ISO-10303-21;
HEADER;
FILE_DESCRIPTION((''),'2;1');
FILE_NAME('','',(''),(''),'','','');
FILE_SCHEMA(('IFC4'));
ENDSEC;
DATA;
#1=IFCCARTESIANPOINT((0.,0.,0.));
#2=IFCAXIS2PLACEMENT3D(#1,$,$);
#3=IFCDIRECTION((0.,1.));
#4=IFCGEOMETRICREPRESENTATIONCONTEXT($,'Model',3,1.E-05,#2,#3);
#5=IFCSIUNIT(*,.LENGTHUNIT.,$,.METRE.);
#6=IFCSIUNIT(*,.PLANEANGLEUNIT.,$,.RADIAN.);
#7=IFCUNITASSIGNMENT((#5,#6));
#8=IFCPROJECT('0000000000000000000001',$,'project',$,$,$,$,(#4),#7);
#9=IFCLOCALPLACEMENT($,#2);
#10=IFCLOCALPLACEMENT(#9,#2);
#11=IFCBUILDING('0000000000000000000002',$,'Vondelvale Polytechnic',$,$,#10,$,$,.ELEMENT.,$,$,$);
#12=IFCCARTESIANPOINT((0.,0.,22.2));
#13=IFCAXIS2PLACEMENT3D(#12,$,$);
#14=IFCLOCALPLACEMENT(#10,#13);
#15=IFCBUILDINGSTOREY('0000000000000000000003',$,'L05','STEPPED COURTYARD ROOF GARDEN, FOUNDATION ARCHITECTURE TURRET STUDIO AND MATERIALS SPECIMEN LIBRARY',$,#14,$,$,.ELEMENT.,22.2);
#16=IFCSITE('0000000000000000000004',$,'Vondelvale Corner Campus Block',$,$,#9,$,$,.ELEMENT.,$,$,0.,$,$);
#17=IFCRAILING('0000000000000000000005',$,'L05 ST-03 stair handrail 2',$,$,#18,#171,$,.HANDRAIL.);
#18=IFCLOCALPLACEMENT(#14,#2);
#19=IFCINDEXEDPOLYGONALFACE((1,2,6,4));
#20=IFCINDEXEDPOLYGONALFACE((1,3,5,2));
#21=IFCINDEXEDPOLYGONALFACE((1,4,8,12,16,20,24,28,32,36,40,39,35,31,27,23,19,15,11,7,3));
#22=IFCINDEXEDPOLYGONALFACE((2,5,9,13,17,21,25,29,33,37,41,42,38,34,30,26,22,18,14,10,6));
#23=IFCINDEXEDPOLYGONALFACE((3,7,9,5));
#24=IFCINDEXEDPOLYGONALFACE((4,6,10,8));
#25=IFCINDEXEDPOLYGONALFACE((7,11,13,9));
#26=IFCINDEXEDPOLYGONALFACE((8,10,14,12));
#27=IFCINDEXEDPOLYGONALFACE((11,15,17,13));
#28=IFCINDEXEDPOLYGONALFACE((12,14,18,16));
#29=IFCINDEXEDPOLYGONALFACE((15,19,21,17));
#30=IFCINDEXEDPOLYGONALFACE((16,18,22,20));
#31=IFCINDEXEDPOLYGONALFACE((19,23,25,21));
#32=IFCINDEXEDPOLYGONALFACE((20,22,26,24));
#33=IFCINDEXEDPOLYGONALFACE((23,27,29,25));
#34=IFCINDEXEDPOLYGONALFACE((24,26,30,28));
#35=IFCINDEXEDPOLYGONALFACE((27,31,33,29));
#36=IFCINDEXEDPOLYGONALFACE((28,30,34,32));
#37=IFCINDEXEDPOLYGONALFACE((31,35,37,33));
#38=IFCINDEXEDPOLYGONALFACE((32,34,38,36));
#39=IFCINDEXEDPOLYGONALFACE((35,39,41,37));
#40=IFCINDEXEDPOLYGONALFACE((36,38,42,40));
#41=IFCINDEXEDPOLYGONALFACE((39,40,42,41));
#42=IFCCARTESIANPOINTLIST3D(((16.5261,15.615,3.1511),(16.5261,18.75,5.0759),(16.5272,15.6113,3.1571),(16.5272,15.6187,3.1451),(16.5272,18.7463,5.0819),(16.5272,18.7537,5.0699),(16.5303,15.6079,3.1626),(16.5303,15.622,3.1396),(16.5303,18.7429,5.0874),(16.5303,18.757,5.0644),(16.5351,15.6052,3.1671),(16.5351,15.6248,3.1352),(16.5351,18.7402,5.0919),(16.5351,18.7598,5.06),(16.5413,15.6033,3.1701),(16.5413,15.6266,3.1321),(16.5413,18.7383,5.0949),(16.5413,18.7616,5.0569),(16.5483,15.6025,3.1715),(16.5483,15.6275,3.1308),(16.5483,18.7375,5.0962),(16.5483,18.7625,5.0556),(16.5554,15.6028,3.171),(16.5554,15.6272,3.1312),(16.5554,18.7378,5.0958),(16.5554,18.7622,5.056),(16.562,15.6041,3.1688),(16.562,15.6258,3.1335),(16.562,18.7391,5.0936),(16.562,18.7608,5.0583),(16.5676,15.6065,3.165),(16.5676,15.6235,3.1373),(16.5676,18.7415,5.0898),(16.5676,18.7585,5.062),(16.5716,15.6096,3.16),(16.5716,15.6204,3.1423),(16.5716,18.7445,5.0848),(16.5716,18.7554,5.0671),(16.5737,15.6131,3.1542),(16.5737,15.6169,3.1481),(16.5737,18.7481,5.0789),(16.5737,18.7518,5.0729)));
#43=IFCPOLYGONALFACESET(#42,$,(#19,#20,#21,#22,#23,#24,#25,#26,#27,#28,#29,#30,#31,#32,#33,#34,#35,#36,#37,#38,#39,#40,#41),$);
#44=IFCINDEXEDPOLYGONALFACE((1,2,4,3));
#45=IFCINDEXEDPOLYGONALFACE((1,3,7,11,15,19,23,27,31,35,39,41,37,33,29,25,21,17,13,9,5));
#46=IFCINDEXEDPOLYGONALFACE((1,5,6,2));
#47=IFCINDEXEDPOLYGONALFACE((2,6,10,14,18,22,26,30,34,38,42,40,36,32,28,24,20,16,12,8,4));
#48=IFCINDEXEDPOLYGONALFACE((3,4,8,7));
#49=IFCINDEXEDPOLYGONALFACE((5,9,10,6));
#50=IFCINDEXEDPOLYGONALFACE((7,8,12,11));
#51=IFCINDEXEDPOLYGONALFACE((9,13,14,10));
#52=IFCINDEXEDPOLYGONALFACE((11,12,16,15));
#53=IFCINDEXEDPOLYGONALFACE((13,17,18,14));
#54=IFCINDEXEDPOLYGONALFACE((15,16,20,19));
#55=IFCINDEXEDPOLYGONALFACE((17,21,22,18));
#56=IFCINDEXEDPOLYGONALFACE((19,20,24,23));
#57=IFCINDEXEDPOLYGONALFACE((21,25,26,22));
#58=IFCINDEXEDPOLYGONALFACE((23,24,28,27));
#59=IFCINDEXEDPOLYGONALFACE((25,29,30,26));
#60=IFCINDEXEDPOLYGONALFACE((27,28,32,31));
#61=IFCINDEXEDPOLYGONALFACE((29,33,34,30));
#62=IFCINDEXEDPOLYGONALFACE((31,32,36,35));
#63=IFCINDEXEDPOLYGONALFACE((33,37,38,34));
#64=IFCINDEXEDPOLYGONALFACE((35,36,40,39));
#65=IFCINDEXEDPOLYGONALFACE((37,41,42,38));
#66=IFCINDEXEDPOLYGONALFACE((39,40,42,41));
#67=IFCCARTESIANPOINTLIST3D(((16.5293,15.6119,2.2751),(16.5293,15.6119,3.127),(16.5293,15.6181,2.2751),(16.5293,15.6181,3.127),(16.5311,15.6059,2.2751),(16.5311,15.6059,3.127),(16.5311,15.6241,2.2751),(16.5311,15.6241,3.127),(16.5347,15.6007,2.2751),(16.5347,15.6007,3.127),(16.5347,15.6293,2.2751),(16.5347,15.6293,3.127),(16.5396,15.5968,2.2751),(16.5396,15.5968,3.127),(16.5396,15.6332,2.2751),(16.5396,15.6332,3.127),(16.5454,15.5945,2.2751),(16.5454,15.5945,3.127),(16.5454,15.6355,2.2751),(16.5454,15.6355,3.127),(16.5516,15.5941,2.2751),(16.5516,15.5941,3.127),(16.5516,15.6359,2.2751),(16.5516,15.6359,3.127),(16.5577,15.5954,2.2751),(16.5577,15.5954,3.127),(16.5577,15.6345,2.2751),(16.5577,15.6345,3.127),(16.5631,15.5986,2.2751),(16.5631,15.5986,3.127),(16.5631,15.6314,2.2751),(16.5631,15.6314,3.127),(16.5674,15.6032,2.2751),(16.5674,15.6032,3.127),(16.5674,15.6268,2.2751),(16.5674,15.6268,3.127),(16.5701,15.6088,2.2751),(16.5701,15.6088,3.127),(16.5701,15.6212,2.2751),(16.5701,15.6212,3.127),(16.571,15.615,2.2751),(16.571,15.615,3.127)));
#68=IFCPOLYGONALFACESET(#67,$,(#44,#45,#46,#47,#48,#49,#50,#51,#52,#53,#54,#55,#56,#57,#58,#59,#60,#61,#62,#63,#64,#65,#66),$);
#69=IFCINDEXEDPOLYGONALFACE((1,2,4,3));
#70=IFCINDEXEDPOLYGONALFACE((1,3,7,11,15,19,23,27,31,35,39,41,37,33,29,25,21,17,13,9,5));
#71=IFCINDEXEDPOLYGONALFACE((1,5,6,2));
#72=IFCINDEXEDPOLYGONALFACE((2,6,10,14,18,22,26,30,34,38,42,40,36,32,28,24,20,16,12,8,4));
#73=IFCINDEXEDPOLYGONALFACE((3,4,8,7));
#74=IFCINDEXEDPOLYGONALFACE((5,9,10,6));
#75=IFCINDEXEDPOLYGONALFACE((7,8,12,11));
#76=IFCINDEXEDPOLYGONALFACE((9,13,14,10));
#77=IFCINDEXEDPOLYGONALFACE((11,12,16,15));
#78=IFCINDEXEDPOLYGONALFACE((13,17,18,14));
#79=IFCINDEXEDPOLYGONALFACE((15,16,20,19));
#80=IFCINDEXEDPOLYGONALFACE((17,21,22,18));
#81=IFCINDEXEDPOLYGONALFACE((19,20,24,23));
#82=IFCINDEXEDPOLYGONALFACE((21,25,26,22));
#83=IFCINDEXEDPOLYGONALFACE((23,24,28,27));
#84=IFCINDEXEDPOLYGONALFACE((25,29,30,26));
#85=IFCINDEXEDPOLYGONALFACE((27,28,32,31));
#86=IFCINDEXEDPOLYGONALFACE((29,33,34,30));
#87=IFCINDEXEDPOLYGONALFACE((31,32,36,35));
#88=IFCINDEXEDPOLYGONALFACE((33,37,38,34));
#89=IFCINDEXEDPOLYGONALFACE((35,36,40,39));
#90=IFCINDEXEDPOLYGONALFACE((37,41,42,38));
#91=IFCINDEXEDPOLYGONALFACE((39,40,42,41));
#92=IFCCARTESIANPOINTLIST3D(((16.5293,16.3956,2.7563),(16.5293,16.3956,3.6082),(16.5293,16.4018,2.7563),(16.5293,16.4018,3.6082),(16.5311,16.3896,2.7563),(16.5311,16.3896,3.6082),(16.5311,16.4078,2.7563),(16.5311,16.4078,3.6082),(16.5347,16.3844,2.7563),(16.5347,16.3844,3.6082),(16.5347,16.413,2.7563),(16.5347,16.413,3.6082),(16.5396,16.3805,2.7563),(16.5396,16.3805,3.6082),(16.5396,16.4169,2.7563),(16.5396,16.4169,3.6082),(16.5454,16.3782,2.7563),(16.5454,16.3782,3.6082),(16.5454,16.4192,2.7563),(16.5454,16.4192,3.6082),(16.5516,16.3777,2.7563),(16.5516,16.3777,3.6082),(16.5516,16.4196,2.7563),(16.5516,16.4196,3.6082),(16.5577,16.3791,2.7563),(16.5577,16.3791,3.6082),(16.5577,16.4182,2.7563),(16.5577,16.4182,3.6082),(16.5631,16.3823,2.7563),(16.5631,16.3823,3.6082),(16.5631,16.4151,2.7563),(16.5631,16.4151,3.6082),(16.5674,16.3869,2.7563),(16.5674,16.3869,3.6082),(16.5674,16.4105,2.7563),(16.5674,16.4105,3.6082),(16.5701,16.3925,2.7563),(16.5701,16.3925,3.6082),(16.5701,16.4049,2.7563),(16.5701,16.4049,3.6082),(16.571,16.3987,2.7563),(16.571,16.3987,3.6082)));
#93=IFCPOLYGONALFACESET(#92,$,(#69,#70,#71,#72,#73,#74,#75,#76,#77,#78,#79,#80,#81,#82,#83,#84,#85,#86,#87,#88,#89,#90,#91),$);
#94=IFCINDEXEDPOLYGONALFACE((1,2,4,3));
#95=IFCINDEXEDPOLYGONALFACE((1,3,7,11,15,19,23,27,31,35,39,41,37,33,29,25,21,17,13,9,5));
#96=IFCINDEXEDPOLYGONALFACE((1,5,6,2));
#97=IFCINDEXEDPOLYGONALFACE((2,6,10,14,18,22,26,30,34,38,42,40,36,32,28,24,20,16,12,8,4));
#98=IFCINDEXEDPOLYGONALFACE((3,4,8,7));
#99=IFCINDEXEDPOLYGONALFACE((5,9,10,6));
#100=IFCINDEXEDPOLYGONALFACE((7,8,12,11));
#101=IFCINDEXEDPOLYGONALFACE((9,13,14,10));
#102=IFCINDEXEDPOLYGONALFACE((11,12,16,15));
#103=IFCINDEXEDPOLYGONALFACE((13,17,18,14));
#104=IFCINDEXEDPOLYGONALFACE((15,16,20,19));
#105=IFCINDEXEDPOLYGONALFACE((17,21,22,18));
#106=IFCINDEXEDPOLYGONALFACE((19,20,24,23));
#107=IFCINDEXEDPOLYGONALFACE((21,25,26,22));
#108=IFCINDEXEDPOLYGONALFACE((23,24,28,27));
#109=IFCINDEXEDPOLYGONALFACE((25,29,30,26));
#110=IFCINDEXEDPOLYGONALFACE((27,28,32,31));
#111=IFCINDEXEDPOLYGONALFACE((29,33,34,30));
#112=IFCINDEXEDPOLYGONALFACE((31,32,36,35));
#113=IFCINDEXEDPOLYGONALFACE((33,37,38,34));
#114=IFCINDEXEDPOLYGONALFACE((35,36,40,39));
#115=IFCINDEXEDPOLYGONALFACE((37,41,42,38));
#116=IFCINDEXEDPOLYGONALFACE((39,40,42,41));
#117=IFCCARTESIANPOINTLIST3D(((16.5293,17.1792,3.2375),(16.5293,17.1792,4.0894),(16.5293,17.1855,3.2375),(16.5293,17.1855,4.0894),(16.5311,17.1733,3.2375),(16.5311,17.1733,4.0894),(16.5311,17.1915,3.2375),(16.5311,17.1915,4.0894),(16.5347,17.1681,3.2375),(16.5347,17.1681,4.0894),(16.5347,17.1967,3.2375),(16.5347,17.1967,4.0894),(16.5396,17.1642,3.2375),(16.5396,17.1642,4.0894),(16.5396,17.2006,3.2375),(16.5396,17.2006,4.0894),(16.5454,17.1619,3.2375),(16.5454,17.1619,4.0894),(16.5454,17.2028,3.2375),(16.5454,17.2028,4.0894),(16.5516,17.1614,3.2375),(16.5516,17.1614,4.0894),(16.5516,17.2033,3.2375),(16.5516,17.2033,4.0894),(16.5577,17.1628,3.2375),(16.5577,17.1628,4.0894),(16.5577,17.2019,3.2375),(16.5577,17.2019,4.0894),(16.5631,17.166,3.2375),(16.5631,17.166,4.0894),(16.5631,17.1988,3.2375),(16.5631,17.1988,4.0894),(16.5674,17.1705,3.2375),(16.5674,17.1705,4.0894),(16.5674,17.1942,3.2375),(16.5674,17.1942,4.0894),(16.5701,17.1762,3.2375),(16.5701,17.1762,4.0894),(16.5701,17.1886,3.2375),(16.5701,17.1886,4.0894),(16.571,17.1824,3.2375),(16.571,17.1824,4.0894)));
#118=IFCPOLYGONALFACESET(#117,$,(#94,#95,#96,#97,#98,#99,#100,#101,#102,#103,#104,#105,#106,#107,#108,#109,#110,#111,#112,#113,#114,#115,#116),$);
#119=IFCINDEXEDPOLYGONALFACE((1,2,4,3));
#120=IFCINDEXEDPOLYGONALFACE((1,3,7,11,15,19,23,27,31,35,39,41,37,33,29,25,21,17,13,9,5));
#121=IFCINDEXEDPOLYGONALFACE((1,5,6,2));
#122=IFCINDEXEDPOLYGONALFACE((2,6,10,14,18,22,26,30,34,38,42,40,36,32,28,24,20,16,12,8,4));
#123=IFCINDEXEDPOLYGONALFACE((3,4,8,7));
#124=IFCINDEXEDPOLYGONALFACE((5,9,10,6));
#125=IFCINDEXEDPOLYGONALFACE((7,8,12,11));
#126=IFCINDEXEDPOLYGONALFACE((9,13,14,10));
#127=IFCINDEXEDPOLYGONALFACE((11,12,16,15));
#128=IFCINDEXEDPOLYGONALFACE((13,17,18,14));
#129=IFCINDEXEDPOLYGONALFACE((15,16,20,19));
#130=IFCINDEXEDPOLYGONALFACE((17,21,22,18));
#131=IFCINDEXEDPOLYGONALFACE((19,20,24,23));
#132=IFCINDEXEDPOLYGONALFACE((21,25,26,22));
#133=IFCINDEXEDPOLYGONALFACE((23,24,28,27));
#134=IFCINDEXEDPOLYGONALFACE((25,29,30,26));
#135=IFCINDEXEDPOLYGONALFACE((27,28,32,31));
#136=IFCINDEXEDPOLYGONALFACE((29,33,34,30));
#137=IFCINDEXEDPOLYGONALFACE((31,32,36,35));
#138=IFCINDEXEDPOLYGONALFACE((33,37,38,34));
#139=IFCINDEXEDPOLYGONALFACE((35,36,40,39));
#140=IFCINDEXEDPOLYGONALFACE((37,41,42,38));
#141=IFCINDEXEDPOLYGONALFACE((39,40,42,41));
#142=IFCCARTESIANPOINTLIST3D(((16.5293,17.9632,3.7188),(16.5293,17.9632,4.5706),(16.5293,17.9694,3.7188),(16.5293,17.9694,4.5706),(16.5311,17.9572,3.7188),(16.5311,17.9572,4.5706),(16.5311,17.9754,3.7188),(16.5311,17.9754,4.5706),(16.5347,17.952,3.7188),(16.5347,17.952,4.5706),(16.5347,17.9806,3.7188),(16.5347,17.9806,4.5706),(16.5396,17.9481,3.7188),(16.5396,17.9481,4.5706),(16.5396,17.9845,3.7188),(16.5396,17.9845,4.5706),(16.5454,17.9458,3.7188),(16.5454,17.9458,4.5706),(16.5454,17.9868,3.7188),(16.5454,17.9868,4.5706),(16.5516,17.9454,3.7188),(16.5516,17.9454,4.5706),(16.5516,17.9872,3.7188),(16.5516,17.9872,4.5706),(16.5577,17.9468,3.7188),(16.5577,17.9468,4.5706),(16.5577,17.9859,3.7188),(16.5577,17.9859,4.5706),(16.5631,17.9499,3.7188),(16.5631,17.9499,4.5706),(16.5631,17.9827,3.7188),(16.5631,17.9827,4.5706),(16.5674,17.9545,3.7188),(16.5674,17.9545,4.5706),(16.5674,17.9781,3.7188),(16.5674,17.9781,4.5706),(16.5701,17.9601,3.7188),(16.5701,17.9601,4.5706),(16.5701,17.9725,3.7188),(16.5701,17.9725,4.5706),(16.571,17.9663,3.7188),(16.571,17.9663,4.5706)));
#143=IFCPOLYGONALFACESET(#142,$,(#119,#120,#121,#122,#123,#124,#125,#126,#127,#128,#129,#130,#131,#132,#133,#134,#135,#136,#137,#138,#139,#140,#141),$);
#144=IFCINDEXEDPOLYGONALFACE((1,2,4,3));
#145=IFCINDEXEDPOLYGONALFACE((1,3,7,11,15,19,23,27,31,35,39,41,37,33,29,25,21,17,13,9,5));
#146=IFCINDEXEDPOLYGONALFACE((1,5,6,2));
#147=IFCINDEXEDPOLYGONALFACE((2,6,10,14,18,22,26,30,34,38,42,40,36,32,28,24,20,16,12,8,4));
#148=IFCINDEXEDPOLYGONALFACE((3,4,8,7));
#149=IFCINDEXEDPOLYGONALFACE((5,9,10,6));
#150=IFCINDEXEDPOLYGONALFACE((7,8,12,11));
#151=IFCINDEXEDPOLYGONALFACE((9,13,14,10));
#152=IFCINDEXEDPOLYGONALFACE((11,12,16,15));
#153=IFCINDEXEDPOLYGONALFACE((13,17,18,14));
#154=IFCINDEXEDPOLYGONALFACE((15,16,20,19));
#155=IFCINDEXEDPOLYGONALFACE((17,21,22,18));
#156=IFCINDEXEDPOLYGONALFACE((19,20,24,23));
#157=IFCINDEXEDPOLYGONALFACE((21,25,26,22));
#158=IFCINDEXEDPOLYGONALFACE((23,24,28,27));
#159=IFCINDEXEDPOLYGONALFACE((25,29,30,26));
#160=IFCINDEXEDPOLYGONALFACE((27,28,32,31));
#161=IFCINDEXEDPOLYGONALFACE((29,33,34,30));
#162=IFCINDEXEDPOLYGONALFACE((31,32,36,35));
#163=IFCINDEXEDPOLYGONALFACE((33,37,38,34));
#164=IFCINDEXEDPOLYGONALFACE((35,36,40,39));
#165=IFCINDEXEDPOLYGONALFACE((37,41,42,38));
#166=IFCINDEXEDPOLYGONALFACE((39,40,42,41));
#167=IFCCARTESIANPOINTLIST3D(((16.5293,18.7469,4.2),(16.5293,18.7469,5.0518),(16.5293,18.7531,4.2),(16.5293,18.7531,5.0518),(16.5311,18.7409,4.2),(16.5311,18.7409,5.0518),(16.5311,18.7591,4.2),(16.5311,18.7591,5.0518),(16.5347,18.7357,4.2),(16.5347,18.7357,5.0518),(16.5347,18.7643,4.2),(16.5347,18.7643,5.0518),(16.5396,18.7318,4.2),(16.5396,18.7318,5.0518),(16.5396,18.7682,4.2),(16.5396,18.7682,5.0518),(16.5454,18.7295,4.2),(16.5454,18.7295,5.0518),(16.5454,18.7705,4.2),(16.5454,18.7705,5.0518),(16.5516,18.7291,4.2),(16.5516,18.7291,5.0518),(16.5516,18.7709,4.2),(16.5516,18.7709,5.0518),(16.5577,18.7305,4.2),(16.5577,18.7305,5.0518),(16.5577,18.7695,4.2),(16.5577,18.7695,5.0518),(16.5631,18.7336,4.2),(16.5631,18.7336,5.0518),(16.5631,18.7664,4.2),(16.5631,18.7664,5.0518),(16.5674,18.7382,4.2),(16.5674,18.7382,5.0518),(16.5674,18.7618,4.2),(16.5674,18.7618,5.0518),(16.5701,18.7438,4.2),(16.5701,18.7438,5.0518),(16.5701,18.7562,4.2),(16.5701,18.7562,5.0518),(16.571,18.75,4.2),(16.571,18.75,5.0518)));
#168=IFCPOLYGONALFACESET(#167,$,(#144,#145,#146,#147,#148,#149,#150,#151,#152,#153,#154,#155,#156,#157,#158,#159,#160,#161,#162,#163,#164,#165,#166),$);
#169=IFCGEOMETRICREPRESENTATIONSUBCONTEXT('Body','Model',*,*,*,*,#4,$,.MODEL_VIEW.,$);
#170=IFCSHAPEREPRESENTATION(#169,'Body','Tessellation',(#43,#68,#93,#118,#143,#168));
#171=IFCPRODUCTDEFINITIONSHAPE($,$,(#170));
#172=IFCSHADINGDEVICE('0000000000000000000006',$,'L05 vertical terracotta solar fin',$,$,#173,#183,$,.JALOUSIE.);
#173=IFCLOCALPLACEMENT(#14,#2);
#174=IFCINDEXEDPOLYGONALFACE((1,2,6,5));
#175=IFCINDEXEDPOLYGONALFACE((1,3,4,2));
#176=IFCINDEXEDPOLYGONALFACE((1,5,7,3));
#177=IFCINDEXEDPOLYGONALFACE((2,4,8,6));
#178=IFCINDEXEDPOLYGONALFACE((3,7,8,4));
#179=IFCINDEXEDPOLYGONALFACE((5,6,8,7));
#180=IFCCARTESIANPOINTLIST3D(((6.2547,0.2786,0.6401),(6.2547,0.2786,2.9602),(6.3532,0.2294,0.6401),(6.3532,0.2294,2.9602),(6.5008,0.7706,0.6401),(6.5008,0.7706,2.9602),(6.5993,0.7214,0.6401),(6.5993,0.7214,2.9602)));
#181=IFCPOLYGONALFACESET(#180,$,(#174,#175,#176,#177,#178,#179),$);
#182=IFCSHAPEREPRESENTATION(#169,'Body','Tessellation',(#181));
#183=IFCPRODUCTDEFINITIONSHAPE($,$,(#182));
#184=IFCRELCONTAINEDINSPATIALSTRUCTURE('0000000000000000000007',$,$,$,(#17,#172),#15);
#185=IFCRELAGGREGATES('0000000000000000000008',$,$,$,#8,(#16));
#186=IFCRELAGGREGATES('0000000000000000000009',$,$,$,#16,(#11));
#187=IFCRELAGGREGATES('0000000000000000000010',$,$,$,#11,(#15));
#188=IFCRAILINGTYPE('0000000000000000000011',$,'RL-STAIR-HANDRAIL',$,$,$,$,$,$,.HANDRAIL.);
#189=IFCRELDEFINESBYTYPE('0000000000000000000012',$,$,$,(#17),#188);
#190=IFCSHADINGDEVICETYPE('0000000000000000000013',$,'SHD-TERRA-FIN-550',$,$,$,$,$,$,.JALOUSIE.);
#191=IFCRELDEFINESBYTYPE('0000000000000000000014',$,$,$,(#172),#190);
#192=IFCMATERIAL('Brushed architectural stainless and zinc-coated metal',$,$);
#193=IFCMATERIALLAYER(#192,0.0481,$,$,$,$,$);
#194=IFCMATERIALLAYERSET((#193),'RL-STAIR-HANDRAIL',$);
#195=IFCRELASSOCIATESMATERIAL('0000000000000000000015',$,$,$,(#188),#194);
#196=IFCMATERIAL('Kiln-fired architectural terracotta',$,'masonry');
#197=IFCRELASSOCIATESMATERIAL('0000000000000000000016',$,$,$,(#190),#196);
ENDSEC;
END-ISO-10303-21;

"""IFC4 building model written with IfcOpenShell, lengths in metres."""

from ifc_helpers import new_model, si_unit, direction, frame, origin, origin_2d, place, context, subcontext, project, spatial, rectangle, circle, extrude, material, layer, layer_set, type_object, element, save


model = new_model("IFC4")

# Units and contexts
model_context = context("Model", 3, precision=1e-05, world=origin(), true_north=direction((0.0, 1.0)))
body_context = subcontext(model_context, "Body", "Model", "MODEL_VIEW")
ifc_project = project(units=[si_unit("LENGTHUNIT", "METRE"), si_unit("PLANEANGLEUNIT", "RADIAN")], contexts=[model_context])

# Site, building, storey
site_placement = place(None, origin())
site = spatial("IfcSite", under=ifc_project, at=site_placement, Name="Vondelvale Corner Campus Block", CompositionType="ELEMENT", RefElevation=0.0)
building_placement = place(site_placement, origin())
building = spatial("IfcBuilding", under=site, at=building_placement, Name="Vondelvale Polytechnic", CompositionType="ELEMENT")
storey_placement = place(building_placement, frame((0.0, 0.0, 22.2)))
storey = spatial("IfcBuildingStorey", under=building, at=storey_placement, Name="L05", Description="STEPPED COURTYARD ROOF GARDEN, FOUNDATION ARCHITECTURE TURRET STUDIO AND MATERIALS SPECIMEN LIBRARY", CompositionType="ELEMENT", Elevation=22.2)

# Railing
ifc_material_1 = material(Name="Brushed architectural stainless and zinc-coated metal")
ifc_layer_1 = layer(ifc_material_1, 0.0481)
ifc_layer_set_1 = layer_set([ifc_layer_1], Name="RL-STAIR-HANDRAIL")
railing_type_1 = type_object("IfcRailingType", Name="RL-STAIR-HANDRAIL", PredefinedType="HANDRAIL", material=ifc_layer_set_1)
railing_1_placement = place(storey_placement, frame((16.55, 15.615, 2.2751)))
element("IfcRailing", 1, at=railing_1_placement, inside=storey, type_object=railing_type_1, Name="L05 ST-03 stair handrail 2", PredefinedType="HANDRAIL", context=body_context, shape_type="SweptSolid", body=[
    extrude(circle(Radius=0.0239, at=origin_2d()), frame((0.0, 0.0, 0.876), z_axis=(0.0, 0.852196, 0.523223), x_axis=(-1.0, 0.0, 0.0)), (0.0, 0.0, 1.0), 3.6787),
    extrude(circle(Radius=0.021, at=origin_2d()), origin(), (0.0, 0.0, 1.0), 0.8518),
    extrude(circle(Radius=0.021, at=origin_2d()), frame((0.0, 0.7837, 0.4812)), (0.0, 0.0, 1.0), 0.8518),
    extrude(circle(Radius=0.021, at=origin_2d()), frame((0.0, 1.5674, 0.9624)), (0.0, 0.0, 1.0), 0.8518),
    extrude(circle(Radius=0.021, at=origin_2d()), frame((0.0, 2.3513, 1.4436)), (0.0, 0.0, 1.0), 0.8518),
    extrude(circle(Radius=0.021, at=origin_2d()), frame((0.0, 3.135, 1.9248)), (0.0, 0.0, 1.0), 0.8518),
])

# Shading device
ifc_material_2 = material(Name="Kiln-fired architectural terracotta", Category="masonry")
shading_device_type = type_object("IfcShadingDeviceType", Name="SHD-TERRA-FIN-550", PredefinedType="JALOUSIE", material=ifc_material_2)
shading_device_placement = place(storey_placement, frame((6.427, 0.5, 0.6401), z_axis=(0.0, 0.0, 1.0), x_axis=(-0.894389, 0.447291, 0.0)))
element("IfcShadingDevice", 2, at=shading_device_placement, inside=storey, type_object=shading_device_type, Name="L05 vertical terracotta solar fin", PredefinedType="JALOUSIE", context=body_context, shape_type="SweptSolid", body=[
    extrude(rectangle(XDim=0.1101, YDim=0.55, at=origin_2d()), origin(), (0.0, 0.0, 1.0), 2.3201),
])

save(model, "model.ifc")
